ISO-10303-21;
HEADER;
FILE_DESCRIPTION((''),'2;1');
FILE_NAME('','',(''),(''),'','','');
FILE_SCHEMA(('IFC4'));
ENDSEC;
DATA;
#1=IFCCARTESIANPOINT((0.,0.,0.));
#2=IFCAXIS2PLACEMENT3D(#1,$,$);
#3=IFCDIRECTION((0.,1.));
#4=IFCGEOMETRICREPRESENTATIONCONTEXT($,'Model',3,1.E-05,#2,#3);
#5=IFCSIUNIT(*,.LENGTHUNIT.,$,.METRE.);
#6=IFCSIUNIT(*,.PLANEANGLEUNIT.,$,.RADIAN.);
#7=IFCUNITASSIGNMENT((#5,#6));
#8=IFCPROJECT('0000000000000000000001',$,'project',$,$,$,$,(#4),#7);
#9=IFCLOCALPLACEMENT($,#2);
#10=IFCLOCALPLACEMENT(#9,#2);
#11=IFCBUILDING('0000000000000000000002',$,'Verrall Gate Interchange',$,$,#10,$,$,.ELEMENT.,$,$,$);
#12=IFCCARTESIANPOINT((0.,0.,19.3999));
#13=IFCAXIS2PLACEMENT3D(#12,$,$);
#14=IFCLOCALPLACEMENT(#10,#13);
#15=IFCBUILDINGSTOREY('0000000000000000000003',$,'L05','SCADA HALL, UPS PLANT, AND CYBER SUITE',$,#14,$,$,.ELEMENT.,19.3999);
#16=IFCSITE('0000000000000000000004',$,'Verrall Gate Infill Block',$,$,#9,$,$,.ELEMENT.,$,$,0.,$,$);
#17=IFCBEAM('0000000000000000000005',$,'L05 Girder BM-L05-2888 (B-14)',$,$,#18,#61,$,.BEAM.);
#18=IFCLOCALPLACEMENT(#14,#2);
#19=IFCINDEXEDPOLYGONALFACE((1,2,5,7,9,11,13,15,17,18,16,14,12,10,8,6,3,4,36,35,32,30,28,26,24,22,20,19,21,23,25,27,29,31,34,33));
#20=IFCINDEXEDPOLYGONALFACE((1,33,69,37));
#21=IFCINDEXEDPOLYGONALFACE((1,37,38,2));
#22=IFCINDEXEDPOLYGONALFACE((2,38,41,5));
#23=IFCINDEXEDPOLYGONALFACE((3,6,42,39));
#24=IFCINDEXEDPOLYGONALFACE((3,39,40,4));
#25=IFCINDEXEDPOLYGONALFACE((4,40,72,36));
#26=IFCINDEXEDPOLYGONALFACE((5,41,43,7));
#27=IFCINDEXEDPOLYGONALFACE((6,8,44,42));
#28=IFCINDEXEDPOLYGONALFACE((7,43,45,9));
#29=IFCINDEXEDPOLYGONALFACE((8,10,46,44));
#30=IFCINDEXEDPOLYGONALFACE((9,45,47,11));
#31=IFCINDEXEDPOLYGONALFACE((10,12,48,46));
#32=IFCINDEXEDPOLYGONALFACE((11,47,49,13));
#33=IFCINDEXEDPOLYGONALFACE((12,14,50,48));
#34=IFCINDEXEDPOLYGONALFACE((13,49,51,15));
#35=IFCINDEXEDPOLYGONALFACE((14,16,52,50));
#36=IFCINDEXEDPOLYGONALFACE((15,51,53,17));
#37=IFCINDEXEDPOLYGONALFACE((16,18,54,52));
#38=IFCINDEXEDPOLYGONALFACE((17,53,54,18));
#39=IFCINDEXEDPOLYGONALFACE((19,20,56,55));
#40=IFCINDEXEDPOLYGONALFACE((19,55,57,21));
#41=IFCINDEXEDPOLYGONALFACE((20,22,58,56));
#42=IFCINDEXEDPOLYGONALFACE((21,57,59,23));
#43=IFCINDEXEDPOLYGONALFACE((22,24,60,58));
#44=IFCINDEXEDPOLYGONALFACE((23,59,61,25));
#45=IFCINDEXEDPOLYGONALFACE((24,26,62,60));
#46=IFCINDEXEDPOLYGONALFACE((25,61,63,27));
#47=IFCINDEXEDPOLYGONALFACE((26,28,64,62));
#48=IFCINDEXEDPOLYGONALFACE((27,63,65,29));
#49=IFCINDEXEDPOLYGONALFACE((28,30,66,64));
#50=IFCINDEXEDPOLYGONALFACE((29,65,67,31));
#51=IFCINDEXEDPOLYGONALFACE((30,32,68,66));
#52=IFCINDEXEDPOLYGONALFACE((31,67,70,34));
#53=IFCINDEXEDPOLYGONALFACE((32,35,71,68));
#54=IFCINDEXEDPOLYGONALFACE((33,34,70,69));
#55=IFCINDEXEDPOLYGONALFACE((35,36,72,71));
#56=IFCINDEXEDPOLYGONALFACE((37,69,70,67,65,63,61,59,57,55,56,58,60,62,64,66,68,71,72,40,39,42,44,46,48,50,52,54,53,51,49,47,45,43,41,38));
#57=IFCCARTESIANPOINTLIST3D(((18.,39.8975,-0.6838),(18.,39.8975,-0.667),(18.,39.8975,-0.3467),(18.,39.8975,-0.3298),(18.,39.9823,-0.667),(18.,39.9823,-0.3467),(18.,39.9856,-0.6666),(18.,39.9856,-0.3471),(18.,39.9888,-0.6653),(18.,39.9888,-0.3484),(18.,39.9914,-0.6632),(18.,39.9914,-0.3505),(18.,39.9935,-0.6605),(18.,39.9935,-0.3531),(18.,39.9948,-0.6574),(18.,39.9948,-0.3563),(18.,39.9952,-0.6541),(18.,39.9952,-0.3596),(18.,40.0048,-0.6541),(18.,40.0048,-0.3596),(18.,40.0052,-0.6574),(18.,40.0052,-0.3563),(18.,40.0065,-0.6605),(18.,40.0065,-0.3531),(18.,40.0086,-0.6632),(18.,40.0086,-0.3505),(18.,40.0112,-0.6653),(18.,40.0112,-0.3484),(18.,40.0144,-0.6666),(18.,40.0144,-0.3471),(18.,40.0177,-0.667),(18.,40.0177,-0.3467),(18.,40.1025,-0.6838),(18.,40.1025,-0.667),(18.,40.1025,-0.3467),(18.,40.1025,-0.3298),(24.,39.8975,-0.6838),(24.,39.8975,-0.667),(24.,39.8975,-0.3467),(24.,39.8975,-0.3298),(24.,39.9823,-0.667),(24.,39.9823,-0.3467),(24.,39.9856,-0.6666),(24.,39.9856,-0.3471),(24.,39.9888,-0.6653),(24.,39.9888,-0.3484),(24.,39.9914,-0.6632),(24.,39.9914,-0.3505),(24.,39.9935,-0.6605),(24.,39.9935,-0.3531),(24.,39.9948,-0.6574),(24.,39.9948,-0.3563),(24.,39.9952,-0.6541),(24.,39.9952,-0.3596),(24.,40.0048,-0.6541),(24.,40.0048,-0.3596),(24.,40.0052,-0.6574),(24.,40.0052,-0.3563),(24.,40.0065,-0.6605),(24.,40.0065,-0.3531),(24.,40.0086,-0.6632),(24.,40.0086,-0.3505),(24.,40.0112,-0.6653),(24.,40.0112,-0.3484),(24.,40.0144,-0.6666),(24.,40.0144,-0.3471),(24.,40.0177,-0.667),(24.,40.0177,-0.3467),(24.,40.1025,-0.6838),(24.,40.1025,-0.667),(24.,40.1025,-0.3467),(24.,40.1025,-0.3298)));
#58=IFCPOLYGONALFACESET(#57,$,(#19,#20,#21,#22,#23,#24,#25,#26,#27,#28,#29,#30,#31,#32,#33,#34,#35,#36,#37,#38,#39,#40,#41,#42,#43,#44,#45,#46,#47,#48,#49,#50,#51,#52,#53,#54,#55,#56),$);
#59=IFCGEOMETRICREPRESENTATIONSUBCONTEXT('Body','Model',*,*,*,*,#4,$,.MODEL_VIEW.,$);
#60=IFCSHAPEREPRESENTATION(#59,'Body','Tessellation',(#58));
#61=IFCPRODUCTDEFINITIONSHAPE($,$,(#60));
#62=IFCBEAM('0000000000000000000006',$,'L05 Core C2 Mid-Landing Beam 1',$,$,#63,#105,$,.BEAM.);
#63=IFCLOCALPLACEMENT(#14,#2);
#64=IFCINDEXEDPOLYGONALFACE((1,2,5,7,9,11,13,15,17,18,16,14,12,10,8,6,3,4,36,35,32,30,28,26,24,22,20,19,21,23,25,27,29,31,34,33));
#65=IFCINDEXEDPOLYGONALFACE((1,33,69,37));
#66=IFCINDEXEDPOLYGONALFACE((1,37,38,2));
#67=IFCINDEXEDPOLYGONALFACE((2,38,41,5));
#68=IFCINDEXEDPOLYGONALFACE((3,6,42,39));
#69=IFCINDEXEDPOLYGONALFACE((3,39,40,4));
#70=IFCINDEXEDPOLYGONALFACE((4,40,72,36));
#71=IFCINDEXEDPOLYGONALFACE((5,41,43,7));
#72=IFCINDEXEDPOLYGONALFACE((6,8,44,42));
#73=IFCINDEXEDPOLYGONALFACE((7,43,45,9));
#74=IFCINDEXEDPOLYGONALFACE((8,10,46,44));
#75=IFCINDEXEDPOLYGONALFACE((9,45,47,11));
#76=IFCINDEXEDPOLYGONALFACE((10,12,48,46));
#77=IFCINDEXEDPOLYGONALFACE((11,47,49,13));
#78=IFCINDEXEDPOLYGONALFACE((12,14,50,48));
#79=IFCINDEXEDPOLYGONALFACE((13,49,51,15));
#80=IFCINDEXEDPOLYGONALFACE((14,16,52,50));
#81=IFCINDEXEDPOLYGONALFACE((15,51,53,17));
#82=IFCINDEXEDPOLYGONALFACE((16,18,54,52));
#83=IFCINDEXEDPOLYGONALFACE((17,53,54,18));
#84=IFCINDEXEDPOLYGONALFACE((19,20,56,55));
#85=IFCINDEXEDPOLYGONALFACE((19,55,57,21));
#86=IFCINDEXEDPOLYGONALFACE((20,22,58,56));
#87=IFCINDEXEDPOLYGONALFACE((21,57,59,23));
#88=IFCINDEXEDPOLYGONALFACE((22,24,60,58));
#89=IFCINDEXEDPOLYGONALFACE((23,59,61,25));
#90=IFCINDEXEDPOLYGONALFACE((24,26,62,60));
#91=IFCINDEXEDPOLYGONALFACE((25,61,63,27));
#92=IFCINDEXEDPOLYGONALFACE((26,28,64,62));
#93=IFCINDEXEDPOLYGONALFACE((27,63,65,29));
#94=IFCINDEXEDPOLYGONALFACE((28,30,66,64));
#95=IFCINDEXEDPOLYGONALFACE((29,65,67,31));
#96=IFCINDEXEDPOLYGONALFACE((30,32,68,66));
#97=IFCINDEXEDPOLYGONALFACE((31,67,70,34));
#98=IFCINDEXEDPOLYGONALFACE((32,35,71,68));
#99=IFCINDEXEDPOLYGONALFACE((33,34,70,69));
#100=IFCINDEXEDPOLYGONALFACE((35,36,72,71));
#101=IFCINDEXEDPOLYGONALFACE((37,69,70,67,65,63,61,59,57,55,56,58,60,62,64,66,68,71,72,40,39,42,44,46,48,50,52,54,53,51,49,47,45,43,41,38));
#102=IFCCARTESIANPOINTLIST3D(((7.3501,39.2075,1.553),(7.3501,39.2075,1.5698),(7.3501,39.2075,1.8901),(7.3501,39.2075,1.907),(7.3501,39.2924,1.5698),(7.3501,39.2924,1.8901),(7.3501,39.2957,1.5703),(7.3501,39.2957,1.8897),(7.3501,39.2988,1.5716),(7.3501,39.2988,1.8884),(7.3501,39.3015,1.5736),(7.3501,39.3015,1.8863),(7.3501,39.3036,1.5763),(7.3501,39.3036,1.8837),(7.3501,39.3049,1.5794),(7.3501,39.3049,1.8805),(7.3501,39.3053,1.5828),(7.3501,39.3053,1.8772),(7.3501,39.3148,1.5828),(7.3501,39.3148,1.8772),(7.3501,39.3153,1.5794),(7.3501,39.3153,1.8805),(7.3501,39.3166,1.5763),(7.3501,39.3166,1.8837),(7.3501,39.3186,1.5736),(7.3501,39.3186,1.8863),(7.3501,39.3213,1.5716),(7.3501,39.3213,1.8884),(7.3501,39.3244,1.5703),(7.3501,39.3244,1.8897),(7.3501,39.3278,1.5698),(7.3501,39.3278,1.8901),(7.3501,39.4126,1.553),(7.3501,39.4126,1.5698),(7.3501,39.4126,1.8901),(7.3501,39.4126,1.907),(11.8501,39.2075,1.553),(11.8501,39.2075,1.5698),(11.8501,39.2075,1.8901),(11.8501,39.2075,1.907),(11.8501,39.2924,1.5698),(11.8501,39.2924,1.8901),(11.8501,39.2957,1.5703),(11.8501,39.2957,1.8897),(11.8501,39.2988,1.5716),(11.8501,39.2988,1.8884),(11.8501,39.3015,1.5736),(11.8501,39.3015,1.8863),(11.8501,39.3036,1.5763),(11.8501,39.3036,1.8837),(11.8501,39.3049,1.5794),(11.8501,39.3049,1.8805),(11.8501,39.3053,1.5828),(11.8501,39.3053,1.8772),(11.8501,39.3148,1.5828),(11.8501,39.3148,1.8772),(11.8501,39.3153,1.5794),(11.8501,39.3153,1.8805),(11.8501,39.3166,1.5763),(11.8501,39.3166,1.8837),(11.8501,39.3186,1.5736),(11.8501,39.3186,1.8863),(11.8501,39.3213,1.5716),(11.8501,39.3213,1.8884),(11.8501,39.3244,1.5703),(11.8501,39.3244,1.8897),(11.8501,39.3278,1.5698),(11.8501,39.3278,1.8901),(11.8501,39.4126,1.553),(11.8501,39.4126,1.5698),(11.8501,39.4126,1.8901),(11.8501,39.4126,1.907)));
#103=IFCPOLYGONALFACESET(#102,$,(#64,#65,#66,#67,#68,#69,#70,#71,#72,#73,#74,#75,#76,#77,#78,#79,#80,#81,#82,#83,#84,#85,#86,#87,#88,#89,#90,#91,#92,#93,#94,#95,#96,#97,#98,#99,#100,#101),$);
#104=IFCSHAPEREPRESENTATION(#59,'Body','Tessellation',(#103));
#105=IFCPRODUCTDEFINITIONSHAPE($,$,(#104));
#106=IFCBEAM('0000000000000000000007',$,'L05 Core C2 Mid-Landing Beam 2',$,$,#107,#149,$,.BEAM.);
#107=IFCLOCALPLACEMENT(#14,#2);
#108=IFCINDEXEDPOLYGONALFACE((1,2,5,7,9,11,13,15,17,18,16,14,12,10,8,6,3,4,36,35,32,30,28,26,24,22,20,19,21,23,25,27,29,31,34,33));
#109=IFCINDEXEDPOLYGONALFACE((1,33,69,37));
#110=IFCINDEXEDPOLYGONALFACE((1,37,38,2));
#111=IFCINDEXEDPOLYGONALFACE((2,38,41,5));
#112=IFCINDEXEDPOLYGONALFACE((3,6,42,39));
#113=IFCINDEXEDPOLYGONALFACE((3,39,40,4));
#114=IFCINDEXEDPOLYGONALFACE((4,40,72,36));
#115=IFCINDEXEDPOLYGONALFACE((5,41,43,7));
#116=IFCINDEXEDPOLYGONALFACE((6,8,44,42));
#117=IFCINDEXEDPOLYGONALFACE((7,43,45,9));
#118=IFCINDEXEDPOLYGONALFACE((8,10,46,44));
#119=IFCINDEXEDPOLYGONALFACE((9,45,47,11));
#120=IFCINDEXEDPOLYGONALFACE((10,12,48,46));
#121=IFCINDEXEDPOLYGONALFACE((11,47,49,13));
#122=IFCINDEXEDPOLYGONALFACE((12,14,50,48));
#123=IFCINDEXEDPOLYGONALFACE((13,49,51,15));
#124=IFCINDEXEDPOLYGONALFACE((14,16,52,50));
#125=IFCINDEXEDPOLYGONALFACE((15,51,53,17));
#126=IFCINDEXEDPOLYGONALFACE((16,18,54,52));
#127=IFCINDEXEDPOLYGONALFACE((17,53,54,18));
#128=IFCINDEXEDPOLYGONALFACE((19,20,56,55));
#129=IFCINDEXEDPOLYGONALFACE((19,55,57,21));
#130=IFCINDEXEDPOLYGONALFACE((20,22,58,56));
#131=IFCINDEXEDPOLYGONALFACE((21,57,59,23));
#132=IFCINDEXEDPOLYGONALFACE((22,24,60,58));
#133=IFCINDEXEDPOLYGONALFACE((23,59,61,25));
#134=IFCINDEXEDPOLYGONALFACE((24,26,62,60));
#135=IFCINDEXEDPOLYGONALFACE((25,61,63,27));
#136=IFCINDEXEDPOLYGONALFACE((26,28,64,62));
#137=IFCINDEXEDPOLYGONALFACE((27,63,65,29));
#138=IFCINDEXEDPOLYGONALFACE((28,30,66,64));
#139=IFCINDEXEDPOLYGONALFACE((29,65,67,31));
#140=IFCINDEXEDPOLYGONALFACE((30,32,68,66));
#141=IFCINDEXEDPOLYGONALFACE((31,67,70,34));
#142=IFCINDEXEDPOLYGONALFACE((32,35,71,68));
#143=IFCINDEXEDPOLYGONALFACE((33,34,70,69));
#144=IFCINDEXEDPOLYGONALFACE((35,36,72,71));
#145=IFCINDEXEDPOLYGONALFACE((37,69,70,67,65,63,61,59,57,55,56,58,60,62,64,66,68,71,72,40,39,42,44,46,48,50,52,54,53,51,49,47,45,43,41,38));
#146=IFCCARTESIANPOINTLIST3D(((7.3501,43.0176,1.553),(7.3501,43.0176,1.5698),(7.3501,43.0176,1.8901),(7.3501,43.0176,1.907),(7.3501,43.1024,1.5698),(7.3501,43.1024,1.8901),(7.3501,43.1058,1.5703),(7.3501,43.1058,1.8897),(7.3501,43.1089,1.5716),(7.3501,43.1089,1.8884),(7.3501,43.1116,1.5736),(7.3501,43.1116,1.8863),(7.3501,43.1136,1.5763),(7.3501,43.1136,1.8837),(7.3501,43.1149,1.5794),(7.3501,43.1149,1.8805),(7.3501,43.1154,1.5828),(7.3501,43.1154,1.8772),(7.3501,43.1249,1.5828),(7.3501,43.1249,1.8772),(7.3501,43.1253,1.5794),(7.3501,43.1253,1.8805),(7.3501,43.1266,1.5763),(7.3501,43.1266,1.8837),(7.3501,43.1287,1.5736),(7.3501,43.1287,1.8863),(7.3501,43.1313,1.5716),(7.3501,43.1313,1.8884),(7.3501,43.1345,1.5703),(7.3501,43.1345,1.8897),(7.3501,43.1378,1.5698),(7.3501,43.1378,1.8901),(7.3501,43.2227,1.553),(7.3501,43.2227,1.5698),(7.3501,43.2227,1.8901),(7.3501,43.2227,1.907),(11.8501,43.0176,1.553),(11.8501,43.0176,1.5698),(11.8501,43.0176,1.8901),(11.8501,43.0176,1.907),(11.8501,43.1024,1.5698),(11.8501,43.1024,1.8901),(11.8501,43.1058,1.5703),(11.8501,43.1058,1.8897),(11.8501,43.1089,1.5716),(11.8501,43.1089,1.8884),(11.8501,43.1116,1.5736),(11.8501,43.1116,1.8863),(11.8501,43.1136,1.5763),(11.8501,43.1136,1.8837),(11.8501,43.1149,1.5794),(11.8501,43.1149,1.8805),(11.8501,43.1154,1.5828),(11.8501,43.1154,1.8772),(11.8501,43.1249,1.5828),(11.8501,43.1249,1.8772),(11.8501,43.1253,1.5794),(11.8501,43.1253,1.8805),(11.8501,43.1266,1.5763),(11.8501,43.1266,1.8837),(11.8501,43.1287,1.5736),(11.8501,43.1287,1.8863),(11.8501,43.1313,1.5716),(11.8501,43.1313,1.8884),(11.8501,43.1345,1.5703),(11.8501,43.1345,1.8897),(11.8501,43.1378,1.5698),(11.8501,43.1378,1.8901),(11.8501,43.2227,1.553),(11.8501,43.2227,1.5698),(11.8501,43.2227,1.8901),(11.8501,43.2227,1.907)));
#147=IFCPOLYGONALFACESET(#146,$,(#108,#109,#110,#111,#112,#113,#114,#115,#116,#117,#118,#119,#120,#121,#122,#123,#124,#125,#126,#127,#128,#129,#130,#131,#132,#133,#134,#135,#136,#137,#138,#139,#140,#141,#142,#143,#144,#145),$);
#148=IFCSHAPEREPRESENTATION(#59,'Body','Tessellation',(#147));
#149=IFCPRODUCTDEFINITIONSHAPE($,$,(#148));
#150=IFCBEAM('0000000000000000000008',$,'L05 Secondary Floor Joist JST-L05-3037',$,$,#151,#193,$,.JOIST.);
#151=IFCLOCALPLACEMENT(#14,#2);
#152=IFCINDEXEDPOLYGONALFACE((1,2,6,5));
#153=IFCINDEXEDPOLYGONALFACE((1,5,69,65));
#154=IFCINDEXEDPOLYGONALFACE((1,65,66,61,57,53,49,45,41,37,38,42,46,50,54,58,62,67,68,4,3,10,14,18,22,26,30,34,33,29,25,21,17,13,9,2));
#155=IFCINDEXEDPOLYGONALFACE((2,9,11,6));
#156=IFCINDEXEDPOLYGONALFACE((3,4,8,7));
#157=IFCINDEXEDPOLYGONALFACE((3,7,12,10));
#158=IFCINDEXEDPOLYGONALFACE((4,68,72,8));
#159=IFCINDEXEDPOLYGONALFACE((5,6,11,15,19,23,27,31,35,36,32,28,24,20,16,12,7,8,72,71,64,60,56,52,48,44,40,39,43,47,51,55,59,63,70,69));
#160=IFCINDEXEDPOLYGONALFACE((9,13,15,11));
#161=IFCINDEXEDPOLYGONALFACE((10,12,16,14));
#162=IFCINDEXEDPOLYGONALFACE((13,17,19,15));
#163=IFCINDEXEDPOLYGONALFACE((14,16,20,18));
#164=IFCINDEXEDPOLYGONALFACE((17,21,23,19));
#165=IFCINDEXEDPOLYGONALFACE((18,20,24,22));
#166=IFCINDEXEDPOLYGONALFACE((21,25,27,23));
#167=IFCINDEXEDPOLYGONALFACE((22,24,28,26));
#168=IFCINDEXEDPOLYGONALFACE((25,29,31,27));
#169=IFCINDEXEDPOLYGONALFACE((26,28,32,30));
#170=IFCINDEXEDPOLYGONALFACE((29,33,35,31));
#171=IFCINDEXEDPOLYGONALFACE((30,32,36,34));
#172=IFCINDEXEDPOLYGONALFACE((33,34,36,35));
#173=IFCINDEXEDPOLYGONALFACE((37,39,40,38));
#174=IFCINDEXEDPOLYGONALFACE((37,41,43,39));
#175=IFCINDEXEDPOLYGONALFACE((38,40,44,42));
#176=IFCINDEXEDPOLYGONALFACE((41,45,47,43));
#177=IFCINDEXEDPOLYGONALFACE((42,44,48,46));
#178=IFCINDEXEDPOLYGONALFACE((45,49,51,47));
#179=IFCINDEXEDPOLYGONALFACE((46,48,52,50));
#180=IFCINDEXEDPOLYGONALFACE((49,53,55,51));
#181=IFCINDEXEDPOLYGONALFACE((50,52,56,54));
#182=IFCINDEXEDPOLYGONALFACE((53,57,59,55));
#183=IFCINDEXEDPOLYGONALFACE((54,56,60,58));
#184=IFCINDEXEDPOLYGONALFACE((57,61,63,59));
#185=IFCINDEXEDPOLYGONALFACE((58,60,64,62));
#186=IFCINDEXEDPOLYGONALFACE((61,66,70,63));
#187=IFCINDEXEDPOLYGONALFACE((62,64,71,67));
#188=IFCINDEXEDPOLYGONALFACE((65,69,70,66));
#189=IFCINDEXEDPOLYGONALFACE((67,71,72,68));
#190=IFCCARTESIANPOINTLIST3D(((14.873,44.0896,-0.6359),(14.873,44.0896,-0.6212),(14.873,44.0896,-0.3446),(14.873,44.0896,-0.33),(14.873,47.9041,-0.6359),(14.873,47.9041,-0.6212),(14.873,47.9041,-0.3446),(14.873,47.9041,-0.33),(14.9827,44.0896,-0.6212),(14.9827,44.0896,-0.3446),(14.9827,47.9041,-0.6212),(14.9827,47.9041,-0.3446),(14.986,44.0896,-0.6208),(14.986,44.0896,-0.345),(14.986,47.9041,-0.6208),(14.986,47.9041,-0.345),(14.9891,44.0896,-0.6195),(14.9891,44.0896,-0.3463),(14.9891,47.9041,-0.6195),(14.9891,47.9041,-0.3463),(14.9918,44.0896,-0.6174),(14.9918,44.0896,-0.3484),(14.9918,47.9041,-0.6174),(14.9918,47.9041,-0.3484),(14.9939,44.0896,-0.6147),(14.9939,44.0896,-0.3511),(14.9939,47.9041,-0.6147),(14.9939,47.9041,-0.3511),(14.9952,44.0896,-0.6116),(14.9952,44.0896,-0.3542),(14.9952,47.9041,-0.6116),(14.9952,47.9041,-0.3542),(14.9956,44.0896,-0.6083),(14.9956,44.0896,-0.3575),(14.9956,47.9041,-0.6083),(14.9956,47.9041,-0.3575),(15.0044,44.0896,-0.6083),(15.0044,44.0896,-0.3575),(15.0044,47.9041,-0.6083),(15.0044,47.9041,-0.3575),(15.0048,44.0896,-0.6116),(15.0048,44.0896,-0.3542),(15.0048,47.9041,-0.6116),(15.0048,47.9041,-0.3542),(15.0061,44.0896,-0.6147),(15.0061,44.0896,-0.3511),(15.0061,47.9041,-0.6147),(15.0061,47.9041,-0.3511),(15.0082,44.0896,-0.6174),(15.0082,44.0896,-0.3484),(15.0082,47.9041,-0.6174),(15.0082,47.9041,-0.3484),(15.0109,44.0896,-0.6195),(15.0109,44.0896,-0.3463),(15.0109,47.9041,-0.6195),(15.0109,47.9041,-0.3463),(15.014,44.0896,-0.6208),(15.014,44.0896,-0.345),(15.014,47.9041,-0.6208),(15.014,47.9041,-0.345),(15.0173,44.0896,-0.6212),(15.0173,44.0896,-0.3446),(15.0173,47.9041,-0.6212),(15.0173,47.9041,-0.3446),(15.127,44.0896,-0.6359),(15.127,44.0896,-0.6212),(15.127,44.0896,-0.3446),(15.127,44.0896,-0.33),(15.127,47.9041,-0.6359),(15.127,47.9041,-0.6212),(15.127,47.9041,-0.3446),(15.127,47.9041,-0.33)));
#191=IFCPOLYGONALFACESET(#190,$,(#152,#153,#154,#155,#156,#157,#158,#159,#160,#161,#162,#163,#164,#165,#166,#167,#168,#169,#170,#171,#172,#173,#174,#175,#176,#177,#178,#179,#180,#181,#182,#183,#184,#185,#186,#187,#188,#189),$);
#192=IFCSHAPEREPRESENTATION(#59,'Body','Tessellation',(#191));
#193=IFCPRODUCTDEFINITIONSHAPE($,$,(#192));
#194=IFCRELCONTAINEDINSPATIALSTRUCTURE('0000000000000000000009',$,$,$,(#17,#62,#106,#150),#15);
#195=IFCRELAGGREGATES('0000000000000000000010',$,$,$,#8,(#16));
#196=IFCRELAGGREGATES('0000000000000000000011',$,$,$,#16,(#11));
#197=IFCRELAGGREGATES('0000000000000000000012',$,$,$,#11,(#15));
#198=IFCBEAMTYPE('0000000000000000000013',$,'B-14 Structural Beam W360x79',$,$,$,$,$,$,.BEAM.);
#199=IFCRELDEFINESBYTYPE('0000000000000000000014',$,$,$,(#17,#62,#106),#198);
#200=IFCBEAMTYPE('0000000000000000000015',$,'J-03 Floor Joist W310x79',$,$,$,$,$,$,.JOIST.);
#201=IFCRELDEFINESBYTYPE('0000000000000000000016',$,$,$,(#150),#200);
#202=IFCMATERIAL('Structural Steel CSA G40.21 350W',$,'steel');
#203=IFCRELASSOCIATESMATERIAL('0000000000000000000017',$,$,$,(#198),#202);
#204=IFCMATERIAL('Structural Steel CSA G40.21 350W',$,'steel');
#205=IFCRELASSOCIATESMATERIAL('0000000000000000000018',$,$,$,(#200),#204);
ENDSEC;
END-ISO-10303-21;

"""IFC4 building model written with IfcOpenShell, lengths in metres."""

from ifc_helpers import new_model, si_unit, direction, frame, origin, origin_2d, place, context, subcontext, project, spatial, i_section, extrude, material, material_profile, profile_set, type_object, element, save


model = new_model("IFC4")

# Units and contexts
model_context = context("Model", 3, precision=1e-05, world=origin(), true_north=direction((0.0, 1.0)))
body_context = subcontext(model_context, "Body", "Model", "MODEL_VIEW")
ifc_project = project(units=[si_unit("LENGTHUNIT", "METRE"), si_unit("PLANEANGLEUNIT", "RADIAN")], contexts=[model_context])

# Site, building, storey
site_placement = place(None, origin())
site = spatial("IfcSite", under=ifc_project, at=site_placement, Name="Verrall Gate Infill Block", CompositionType="ELEMENT", RefElevation=0.0)
building_placement = place(site_placement, origin())
building = spatial("IfcBuilding", under=site, at=building_placement, Name="Verrall Gate Interchange", CompositionType="ELEMENT")
storey_placement = place(building_placement, frame((0.0, 0.0, 19.3999)))
storey = spatial("IfcBuildingStorey", under=building, at=storey_placement, Name="L05", Description="SCADA HALL, UPS PLANT, AND CYBER SUITE", CompositionType="ELEMENT", Elevation=19.3999)

# Beams
ifc_material_1 = material(Name="Structural Steel CSA G40.21 350W", Category="steel")
ifc_material_profile_1 = material_profile(ifc_material_1, i_section(OverallWidth=0.2051, OverallDepth=0.354, WebThickness=0.0095, FlangeThickness=0.0168, FilletRadius=0.0129, at=origin_2d()), Name="W360x79")
ifc_profile_set_1 = profile_set([ifc_material_profile_1], Name="Structural Steel CSA G40.21 350W")
beam_type_1 = type_object("IfcBeamType", Name="B-14 Structural Beam W360x79", PredefinedType="BEAM", material=ifc_profile_set_1)
beam_1_placement = place(storey_placement, frame((18.0, 40.0, -0.5068), z_axis=(1.0, 0.0, 0.0), x_axis=(0.0, 1.0, 0.0)))
element("IfcBeam", 1, at=beam_1_placement, inside=storey, type_object=beam_type_1, Name="L05 Girder BM-L05-2888 (B-14)", PredefinedType="BEAM", context=body_context, shape_type="SweptSolid", body=[
    extrude(i_section(OverallWidth=0.2051, OverallDepth=0.354, WebThickness=0.0095, FlangeThickness=0.0168, FilletRadius=0.0129, at=origin_2d()), origin(), (0.0, 0.0, 1.0), 6.0),
])
for number, where, z_axis, x_axis, name in (
    (2, (7.3501, 39.3101, 1.73), (1.0, 0.0, 0.0), (0.0, 1.0, 0.0), "L05 Core C2 Mid-Landing Beam 1"),
    (3, (7.3501, 43.1201, 1.73), (1.0, 0.0, 0.0), (0.0, 1.0, 0.0), "L05 Core C2 Mid-Landing Beam 2"),
):
    element("IfcBeam", number, at=place(storey_placement, frame(where, z_axis=z_axis, x_axis=x_axis)), inside=storey, type_object=beam_type_1, Name=name, PredefinedType="BEAM", context=body_context, shape_type="SweptSolid", body=[
        extrude(i_section(OverallWidth=0.2051, OverallDepth=0.354, WebThickness=0.0095, FlangeThickness=0.0168, FilletRadius=0.0129, at=origin_2d()), origin(), (0.0, 0.0, 1.0), 4.5),
    ])
ifc_material_2 = material(Name="Structural Steel CSA G40.21 350W", Category="steel")
ifc_material_profile_2 = material_profile(ifc_material_2, i_section(OverallWidth=0.2539, OverallDepth=0.3059, WebThickness=0.0088, FlangeThickness=0.0146, FilletRadius=0.0129, at=origin_2d()), Name="W310x79")
ifc_profile_set_2 = profile_set([ifc_material_profile_2], Name="Structural Steel CSA G40.21 350W")
beam_type_2 = type_object("IfcBeamType", Name="J-03 Floor Joist W310x79", PredefinedType="JOIST", material=ifc_profile_set_2)
beam_2_placement = place(storey_placement, frame((15.0, 44.0896, -0.4829), z_axis=(0.0, 1.0, 0.0), x_axis=(-1.0, 0.0, 0.0)))
element("IfcBeam", 4, at=beam_2_placement, inside=storey, type_object=beam_type_2, Name="L05 Secondary Floor Joist JST-L05-3037", PredefinedType="JOIST", context=body_context, shape_type="SweptSolid", body=[
    extrude(i_section(OverallWidth=0.2539, OverallDepth=0.3059, WebThickness=0.0088, FlangeThickness=0.0146, FilletRadius=0.0129, at=origin_2d()), origin(), (0.0, 0.0, 1.0), 3.8145),
])

save(model, "model.ifc")
